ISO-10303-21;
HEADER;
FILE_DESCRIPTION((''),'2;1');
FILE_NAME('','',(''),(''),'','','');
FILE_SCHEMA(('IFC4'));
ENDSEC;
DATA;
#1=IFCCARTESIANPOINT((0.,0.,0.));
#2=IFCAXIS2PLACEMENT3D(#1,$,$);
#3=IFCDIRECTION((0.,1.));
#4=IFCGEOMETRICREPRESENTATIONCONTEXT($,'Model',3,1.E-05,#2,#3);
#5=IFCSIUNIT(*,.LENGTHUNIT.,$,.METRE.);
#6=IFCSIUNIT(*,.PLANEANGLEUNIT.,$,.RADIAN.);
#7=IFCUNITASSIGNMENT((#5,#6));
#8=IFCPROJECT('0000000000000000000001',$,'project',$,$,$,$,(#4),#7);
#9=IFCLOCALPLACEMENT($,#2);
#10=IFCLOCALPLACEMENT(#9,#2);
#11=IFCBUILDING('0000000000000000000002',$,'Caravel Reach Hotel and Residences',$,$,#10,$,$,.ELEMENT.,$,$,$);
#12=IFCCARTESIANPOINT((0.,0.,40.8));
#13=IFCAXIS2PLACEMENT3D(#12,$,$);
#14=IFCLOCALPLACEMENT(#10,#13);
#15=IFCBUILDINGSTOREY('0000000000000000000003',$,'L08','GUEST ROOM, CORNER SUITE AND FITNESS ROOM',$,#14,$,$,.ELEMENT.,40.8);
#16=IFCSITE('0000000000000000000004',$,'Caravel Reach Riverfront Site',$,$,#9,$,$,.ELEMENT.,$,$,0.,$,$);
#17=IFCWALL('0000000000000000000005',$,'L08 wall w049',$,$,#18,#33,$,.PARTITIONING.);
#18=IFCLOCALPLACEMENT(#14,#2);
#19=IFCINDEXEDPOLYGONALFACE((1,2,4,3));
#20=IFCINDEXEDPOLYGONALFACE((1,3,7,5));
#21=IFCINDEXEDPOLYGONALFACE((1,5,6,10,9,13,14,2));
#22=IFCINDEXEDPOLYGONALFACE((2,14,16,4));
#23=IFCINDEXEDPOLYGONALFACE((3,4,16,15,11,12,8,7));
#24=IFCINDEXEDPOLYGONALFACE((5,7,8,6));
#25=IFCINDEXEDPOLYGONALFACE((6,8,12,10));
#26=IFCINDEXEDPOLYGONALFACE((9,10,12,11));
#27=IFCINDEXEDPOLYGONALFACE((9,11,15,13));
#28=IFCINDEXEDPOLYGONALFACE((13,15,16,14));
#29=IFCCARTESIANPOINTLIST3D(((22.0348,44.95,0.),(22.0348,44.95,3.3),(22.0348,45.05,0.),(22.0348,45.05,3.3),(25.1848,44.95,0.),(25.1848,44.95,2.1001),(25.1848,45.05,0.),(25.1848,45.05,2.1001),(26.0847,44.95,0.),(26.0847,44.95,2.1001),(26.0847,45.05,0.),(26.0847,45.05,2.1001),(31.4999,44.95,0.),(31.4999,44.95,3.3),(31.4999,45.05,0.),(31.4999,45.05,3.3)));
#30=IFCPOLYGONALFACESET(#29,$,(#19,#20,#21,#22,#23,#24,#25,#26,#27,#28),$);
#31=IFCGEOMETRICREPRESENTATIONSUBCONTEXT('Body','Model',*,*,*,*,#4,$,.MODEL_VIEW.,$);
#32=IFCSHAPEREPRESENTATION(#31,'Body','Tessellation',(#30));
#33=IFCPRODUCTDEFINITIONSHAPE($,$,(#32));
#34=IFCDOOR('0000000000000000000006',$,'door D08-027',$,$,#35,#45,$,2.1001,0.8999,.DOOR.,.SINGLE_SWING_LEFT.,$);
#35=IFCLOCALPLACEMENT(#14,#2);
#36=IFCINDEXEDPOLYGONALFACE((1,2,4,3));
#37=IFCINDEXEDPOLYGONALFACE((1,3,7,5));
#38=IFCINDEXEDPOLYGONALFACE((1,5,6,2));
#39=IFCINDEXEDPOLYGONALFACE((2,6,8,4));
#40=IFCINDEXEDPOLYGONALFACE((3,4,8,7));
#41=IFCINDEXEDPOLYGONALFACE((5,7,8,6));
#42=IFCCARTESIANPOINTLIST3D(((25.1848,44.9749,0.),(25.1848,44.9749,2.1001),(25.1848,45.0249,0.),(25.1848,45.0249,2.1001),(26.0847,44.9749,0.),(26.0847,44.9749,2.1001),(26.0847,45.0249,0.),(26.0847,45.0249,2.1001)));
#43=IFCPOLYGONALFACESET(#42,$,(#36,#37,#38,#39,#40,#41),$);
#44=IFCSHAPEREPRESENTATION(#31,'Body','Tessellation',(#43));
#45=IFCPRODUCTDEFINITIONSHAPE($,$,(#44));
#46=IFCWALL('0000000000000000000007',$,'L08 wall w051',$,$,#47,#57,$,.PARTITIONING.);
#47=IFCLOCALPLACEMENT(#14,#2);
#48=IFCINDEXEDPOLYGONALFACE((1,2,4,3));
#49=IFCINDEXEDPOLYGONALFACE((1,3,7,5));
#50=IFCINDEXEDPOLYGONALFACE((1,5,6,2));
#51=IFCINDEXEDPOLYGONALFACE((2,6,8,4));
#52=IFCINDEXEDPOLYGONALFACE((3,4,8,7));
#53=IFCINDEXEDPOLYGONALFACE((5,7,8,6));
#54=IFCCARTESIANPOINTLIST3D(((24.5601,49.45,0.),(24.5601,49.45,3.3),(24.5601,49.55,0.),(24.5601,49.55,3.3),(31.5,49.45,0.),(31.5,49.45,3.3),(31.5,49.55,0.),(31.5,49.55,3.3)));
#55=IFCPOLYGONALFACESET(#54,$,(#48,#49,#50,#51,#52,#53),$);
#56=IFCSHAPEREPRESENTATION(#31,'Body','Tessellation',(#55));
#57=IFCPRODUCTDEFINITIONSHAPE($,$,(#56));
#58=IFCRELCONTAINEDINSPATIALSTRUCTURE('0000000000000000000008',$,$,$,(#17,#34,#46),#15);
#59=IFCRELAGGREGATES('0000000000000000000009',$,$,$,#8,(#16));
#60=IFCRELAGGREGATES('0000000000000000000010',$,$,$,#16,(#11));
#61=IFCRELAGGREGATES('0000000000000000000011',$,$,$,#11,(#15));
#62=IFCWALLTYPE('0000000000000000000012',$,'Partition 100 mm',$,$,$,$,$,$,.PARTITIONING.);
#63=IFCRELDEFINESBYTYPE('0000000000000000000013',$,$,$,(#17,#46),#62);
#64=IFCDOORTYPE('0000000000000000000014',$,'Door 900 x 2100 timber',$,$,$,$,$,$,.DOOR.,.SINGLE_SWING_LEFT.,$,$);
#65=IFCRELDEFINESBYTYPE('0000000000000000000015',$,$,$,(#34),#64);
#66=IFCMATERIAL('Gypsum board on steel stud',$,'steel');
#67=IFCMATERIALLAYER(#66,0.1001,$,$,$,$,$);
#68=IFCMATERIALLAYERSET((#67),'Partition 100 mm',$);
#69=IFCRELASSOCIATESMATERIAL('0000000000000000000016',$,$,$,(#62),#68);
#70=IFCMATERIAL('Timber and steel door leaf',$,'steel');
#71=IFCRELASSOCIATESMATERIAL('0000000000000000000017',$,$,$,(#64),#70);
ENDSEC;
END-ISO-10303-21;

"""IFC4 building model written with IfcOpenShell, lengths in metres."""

from ifc_helpers import new_model, si_unit, direction, frame, frame_2d, origin, place, context, subcontext, project, spatial, rectangle, extrude, material, layer, layer_set, type_object, element, fill, save


model = new_model("IFC4")

# Units and contexts
model_context = context("Model", 3, precision=1e-05, world=origin(), true_north=direction((0.0, 1.0)))
body_context = subcontext(model_context, "Body", "Model", "MODEL_VIEW")
ifc_project = project(units=[si_unit("LENGTHUNIT", "METRE"), si_unit("PLANEANGLEUNIT", "RADIAN")], contexts=[model_context])

# Site, building, storey
site_placement = place(None, origin())
site = spatial("IfcSite", under=ifc_project, at=site_placement, Name="Caravel Reach Riverfront Site", CompositionType="ELEMENT", RefElevation=0.0)
building_placement = place(site_placement, origin())
building = spatial("IfcBuilding", under=site, at=building_placement, Name="Caravel Reach Hotel and Residences", CompositionType="ELEMENT")
storey_placement = place(building_placement, frame((0.0, 0.0, 40.8)))
storey = spatial("IfcBuildingStorey", under=building, at=storey_placement, Name="L08", Description="GUEST ROOM, CORNER SUITE AND FITNESS ROOM", CompositionType="ELEMENT", Elevation=40.8)

# Wall, opening, door
ifc_material_1 = material(Name="Gypsum board on steel stud", Category="steel")
ifc_layer_1 = layer(ifc_material_1, 0.1001)
ifc_layer_set_1 = layer_set([ifc_layer_1], Name="Partition 100 mm")
wall_type_1 = type_object("IfcWallType", Name="Partition 100 mm", PredefinedType="PARTITIONING", material=ifc_layer_set_1)
wall_1_placement = place(storey_placement, frame((22.0349, 45.0, 0.0), z_axis=(0.0, 0.0, 1.0), x_axis=(1.0, 0.0, 0.0)))
wall_1 = element("IfcWall", 1, at=wall_1_placement, inside=storey, type_object=wall_type_1, Name="L08 wall w049", PredefinedType="PARTITIONING", context=body_context, shape_type="SweptSolid", body=[
    extrude(rectangle(XDim=9.4651, YDim=0.1001, at=frame_2d((4.7324, 0.0))), origin(), (0.0, 0.0, 1.0), 3.3),
])
opening_1_placement = place(wall_1_placement, frame((3.1499, 0.0, 0.0)))
opening_1 = element("IfcOpeningElement", 2, at=opening_1_placement, cuts=wall_1, PredefinedType="OPENING", context=body_context, shape_type="SweptSolid", body=[
    extrude(rectangle(XDim=0.8999, YDim=2.1001, at=frame_2d((0.45, 1.05))), frame((0.0, 0.0601, 0.0), z_axis=(0.0, -1.0, 0.0), x_axis=(1.0, 0.0, 0.0)), (0.0, 0.0, 1.0), 0.1201),
])
ifc_material_2 = material(Name="Timber and steel door leaf", Category="steel")
door_type_1 = type_object("IfcDoorType", Name="Door 900 x 2100 timber", OperationType="SINGLE_SWING_LEFT", PredefinedType="DOOR", material=ifc_material_2)
door_1_placement = place(opening_1_placement, origin())
door_1 = element("IfcDoor", 3, at=door_1_placement, inside=storey, type_object=door_type_1, Name="door D08-027", OperationType="SINGLE_SWING_LEFT", OverallHeight=2.1001, OverallWidth=0.8999, PredefinedType="DOOR", context=body_context, shape_type="SweptSolid", body=[
    extrude(rectangle(XDim=0.8999, YDim=2.1001, at=frame_2d((0.45, 1.05))), frame((0.0, 0.0249, 0.0), z_axis=(0.0, -1.0, 0.0), x_axis=(1.0, 0.0, 0.0)), (0.0, 0.0, 1.0), 0.05),
])
fill(opening_1, door_1)

# Wall
wall_2_placement = place(storey_placement, frame((24.5601, 49.5, 0.0), z_axis=(0.0, 0.0, 1.0), x_axis=(1.0, 0.0, 0.0)))
element("IfcWall", 4, at=wall_2_placement, inside=storey, type_object=wall_type_1, Name="L08 wall w051", PredefinedType="PARTITIONING", context=body_context, shape_type="SweptSolid", body=[
    extrude(rectangle(XDim=6.9399, YDim=0.1001, at=frame_2d((3.47, 0.0))), origin(), (0.0, 0.0, 1.0), 3.3),
])

save(model, "model.ifc")
